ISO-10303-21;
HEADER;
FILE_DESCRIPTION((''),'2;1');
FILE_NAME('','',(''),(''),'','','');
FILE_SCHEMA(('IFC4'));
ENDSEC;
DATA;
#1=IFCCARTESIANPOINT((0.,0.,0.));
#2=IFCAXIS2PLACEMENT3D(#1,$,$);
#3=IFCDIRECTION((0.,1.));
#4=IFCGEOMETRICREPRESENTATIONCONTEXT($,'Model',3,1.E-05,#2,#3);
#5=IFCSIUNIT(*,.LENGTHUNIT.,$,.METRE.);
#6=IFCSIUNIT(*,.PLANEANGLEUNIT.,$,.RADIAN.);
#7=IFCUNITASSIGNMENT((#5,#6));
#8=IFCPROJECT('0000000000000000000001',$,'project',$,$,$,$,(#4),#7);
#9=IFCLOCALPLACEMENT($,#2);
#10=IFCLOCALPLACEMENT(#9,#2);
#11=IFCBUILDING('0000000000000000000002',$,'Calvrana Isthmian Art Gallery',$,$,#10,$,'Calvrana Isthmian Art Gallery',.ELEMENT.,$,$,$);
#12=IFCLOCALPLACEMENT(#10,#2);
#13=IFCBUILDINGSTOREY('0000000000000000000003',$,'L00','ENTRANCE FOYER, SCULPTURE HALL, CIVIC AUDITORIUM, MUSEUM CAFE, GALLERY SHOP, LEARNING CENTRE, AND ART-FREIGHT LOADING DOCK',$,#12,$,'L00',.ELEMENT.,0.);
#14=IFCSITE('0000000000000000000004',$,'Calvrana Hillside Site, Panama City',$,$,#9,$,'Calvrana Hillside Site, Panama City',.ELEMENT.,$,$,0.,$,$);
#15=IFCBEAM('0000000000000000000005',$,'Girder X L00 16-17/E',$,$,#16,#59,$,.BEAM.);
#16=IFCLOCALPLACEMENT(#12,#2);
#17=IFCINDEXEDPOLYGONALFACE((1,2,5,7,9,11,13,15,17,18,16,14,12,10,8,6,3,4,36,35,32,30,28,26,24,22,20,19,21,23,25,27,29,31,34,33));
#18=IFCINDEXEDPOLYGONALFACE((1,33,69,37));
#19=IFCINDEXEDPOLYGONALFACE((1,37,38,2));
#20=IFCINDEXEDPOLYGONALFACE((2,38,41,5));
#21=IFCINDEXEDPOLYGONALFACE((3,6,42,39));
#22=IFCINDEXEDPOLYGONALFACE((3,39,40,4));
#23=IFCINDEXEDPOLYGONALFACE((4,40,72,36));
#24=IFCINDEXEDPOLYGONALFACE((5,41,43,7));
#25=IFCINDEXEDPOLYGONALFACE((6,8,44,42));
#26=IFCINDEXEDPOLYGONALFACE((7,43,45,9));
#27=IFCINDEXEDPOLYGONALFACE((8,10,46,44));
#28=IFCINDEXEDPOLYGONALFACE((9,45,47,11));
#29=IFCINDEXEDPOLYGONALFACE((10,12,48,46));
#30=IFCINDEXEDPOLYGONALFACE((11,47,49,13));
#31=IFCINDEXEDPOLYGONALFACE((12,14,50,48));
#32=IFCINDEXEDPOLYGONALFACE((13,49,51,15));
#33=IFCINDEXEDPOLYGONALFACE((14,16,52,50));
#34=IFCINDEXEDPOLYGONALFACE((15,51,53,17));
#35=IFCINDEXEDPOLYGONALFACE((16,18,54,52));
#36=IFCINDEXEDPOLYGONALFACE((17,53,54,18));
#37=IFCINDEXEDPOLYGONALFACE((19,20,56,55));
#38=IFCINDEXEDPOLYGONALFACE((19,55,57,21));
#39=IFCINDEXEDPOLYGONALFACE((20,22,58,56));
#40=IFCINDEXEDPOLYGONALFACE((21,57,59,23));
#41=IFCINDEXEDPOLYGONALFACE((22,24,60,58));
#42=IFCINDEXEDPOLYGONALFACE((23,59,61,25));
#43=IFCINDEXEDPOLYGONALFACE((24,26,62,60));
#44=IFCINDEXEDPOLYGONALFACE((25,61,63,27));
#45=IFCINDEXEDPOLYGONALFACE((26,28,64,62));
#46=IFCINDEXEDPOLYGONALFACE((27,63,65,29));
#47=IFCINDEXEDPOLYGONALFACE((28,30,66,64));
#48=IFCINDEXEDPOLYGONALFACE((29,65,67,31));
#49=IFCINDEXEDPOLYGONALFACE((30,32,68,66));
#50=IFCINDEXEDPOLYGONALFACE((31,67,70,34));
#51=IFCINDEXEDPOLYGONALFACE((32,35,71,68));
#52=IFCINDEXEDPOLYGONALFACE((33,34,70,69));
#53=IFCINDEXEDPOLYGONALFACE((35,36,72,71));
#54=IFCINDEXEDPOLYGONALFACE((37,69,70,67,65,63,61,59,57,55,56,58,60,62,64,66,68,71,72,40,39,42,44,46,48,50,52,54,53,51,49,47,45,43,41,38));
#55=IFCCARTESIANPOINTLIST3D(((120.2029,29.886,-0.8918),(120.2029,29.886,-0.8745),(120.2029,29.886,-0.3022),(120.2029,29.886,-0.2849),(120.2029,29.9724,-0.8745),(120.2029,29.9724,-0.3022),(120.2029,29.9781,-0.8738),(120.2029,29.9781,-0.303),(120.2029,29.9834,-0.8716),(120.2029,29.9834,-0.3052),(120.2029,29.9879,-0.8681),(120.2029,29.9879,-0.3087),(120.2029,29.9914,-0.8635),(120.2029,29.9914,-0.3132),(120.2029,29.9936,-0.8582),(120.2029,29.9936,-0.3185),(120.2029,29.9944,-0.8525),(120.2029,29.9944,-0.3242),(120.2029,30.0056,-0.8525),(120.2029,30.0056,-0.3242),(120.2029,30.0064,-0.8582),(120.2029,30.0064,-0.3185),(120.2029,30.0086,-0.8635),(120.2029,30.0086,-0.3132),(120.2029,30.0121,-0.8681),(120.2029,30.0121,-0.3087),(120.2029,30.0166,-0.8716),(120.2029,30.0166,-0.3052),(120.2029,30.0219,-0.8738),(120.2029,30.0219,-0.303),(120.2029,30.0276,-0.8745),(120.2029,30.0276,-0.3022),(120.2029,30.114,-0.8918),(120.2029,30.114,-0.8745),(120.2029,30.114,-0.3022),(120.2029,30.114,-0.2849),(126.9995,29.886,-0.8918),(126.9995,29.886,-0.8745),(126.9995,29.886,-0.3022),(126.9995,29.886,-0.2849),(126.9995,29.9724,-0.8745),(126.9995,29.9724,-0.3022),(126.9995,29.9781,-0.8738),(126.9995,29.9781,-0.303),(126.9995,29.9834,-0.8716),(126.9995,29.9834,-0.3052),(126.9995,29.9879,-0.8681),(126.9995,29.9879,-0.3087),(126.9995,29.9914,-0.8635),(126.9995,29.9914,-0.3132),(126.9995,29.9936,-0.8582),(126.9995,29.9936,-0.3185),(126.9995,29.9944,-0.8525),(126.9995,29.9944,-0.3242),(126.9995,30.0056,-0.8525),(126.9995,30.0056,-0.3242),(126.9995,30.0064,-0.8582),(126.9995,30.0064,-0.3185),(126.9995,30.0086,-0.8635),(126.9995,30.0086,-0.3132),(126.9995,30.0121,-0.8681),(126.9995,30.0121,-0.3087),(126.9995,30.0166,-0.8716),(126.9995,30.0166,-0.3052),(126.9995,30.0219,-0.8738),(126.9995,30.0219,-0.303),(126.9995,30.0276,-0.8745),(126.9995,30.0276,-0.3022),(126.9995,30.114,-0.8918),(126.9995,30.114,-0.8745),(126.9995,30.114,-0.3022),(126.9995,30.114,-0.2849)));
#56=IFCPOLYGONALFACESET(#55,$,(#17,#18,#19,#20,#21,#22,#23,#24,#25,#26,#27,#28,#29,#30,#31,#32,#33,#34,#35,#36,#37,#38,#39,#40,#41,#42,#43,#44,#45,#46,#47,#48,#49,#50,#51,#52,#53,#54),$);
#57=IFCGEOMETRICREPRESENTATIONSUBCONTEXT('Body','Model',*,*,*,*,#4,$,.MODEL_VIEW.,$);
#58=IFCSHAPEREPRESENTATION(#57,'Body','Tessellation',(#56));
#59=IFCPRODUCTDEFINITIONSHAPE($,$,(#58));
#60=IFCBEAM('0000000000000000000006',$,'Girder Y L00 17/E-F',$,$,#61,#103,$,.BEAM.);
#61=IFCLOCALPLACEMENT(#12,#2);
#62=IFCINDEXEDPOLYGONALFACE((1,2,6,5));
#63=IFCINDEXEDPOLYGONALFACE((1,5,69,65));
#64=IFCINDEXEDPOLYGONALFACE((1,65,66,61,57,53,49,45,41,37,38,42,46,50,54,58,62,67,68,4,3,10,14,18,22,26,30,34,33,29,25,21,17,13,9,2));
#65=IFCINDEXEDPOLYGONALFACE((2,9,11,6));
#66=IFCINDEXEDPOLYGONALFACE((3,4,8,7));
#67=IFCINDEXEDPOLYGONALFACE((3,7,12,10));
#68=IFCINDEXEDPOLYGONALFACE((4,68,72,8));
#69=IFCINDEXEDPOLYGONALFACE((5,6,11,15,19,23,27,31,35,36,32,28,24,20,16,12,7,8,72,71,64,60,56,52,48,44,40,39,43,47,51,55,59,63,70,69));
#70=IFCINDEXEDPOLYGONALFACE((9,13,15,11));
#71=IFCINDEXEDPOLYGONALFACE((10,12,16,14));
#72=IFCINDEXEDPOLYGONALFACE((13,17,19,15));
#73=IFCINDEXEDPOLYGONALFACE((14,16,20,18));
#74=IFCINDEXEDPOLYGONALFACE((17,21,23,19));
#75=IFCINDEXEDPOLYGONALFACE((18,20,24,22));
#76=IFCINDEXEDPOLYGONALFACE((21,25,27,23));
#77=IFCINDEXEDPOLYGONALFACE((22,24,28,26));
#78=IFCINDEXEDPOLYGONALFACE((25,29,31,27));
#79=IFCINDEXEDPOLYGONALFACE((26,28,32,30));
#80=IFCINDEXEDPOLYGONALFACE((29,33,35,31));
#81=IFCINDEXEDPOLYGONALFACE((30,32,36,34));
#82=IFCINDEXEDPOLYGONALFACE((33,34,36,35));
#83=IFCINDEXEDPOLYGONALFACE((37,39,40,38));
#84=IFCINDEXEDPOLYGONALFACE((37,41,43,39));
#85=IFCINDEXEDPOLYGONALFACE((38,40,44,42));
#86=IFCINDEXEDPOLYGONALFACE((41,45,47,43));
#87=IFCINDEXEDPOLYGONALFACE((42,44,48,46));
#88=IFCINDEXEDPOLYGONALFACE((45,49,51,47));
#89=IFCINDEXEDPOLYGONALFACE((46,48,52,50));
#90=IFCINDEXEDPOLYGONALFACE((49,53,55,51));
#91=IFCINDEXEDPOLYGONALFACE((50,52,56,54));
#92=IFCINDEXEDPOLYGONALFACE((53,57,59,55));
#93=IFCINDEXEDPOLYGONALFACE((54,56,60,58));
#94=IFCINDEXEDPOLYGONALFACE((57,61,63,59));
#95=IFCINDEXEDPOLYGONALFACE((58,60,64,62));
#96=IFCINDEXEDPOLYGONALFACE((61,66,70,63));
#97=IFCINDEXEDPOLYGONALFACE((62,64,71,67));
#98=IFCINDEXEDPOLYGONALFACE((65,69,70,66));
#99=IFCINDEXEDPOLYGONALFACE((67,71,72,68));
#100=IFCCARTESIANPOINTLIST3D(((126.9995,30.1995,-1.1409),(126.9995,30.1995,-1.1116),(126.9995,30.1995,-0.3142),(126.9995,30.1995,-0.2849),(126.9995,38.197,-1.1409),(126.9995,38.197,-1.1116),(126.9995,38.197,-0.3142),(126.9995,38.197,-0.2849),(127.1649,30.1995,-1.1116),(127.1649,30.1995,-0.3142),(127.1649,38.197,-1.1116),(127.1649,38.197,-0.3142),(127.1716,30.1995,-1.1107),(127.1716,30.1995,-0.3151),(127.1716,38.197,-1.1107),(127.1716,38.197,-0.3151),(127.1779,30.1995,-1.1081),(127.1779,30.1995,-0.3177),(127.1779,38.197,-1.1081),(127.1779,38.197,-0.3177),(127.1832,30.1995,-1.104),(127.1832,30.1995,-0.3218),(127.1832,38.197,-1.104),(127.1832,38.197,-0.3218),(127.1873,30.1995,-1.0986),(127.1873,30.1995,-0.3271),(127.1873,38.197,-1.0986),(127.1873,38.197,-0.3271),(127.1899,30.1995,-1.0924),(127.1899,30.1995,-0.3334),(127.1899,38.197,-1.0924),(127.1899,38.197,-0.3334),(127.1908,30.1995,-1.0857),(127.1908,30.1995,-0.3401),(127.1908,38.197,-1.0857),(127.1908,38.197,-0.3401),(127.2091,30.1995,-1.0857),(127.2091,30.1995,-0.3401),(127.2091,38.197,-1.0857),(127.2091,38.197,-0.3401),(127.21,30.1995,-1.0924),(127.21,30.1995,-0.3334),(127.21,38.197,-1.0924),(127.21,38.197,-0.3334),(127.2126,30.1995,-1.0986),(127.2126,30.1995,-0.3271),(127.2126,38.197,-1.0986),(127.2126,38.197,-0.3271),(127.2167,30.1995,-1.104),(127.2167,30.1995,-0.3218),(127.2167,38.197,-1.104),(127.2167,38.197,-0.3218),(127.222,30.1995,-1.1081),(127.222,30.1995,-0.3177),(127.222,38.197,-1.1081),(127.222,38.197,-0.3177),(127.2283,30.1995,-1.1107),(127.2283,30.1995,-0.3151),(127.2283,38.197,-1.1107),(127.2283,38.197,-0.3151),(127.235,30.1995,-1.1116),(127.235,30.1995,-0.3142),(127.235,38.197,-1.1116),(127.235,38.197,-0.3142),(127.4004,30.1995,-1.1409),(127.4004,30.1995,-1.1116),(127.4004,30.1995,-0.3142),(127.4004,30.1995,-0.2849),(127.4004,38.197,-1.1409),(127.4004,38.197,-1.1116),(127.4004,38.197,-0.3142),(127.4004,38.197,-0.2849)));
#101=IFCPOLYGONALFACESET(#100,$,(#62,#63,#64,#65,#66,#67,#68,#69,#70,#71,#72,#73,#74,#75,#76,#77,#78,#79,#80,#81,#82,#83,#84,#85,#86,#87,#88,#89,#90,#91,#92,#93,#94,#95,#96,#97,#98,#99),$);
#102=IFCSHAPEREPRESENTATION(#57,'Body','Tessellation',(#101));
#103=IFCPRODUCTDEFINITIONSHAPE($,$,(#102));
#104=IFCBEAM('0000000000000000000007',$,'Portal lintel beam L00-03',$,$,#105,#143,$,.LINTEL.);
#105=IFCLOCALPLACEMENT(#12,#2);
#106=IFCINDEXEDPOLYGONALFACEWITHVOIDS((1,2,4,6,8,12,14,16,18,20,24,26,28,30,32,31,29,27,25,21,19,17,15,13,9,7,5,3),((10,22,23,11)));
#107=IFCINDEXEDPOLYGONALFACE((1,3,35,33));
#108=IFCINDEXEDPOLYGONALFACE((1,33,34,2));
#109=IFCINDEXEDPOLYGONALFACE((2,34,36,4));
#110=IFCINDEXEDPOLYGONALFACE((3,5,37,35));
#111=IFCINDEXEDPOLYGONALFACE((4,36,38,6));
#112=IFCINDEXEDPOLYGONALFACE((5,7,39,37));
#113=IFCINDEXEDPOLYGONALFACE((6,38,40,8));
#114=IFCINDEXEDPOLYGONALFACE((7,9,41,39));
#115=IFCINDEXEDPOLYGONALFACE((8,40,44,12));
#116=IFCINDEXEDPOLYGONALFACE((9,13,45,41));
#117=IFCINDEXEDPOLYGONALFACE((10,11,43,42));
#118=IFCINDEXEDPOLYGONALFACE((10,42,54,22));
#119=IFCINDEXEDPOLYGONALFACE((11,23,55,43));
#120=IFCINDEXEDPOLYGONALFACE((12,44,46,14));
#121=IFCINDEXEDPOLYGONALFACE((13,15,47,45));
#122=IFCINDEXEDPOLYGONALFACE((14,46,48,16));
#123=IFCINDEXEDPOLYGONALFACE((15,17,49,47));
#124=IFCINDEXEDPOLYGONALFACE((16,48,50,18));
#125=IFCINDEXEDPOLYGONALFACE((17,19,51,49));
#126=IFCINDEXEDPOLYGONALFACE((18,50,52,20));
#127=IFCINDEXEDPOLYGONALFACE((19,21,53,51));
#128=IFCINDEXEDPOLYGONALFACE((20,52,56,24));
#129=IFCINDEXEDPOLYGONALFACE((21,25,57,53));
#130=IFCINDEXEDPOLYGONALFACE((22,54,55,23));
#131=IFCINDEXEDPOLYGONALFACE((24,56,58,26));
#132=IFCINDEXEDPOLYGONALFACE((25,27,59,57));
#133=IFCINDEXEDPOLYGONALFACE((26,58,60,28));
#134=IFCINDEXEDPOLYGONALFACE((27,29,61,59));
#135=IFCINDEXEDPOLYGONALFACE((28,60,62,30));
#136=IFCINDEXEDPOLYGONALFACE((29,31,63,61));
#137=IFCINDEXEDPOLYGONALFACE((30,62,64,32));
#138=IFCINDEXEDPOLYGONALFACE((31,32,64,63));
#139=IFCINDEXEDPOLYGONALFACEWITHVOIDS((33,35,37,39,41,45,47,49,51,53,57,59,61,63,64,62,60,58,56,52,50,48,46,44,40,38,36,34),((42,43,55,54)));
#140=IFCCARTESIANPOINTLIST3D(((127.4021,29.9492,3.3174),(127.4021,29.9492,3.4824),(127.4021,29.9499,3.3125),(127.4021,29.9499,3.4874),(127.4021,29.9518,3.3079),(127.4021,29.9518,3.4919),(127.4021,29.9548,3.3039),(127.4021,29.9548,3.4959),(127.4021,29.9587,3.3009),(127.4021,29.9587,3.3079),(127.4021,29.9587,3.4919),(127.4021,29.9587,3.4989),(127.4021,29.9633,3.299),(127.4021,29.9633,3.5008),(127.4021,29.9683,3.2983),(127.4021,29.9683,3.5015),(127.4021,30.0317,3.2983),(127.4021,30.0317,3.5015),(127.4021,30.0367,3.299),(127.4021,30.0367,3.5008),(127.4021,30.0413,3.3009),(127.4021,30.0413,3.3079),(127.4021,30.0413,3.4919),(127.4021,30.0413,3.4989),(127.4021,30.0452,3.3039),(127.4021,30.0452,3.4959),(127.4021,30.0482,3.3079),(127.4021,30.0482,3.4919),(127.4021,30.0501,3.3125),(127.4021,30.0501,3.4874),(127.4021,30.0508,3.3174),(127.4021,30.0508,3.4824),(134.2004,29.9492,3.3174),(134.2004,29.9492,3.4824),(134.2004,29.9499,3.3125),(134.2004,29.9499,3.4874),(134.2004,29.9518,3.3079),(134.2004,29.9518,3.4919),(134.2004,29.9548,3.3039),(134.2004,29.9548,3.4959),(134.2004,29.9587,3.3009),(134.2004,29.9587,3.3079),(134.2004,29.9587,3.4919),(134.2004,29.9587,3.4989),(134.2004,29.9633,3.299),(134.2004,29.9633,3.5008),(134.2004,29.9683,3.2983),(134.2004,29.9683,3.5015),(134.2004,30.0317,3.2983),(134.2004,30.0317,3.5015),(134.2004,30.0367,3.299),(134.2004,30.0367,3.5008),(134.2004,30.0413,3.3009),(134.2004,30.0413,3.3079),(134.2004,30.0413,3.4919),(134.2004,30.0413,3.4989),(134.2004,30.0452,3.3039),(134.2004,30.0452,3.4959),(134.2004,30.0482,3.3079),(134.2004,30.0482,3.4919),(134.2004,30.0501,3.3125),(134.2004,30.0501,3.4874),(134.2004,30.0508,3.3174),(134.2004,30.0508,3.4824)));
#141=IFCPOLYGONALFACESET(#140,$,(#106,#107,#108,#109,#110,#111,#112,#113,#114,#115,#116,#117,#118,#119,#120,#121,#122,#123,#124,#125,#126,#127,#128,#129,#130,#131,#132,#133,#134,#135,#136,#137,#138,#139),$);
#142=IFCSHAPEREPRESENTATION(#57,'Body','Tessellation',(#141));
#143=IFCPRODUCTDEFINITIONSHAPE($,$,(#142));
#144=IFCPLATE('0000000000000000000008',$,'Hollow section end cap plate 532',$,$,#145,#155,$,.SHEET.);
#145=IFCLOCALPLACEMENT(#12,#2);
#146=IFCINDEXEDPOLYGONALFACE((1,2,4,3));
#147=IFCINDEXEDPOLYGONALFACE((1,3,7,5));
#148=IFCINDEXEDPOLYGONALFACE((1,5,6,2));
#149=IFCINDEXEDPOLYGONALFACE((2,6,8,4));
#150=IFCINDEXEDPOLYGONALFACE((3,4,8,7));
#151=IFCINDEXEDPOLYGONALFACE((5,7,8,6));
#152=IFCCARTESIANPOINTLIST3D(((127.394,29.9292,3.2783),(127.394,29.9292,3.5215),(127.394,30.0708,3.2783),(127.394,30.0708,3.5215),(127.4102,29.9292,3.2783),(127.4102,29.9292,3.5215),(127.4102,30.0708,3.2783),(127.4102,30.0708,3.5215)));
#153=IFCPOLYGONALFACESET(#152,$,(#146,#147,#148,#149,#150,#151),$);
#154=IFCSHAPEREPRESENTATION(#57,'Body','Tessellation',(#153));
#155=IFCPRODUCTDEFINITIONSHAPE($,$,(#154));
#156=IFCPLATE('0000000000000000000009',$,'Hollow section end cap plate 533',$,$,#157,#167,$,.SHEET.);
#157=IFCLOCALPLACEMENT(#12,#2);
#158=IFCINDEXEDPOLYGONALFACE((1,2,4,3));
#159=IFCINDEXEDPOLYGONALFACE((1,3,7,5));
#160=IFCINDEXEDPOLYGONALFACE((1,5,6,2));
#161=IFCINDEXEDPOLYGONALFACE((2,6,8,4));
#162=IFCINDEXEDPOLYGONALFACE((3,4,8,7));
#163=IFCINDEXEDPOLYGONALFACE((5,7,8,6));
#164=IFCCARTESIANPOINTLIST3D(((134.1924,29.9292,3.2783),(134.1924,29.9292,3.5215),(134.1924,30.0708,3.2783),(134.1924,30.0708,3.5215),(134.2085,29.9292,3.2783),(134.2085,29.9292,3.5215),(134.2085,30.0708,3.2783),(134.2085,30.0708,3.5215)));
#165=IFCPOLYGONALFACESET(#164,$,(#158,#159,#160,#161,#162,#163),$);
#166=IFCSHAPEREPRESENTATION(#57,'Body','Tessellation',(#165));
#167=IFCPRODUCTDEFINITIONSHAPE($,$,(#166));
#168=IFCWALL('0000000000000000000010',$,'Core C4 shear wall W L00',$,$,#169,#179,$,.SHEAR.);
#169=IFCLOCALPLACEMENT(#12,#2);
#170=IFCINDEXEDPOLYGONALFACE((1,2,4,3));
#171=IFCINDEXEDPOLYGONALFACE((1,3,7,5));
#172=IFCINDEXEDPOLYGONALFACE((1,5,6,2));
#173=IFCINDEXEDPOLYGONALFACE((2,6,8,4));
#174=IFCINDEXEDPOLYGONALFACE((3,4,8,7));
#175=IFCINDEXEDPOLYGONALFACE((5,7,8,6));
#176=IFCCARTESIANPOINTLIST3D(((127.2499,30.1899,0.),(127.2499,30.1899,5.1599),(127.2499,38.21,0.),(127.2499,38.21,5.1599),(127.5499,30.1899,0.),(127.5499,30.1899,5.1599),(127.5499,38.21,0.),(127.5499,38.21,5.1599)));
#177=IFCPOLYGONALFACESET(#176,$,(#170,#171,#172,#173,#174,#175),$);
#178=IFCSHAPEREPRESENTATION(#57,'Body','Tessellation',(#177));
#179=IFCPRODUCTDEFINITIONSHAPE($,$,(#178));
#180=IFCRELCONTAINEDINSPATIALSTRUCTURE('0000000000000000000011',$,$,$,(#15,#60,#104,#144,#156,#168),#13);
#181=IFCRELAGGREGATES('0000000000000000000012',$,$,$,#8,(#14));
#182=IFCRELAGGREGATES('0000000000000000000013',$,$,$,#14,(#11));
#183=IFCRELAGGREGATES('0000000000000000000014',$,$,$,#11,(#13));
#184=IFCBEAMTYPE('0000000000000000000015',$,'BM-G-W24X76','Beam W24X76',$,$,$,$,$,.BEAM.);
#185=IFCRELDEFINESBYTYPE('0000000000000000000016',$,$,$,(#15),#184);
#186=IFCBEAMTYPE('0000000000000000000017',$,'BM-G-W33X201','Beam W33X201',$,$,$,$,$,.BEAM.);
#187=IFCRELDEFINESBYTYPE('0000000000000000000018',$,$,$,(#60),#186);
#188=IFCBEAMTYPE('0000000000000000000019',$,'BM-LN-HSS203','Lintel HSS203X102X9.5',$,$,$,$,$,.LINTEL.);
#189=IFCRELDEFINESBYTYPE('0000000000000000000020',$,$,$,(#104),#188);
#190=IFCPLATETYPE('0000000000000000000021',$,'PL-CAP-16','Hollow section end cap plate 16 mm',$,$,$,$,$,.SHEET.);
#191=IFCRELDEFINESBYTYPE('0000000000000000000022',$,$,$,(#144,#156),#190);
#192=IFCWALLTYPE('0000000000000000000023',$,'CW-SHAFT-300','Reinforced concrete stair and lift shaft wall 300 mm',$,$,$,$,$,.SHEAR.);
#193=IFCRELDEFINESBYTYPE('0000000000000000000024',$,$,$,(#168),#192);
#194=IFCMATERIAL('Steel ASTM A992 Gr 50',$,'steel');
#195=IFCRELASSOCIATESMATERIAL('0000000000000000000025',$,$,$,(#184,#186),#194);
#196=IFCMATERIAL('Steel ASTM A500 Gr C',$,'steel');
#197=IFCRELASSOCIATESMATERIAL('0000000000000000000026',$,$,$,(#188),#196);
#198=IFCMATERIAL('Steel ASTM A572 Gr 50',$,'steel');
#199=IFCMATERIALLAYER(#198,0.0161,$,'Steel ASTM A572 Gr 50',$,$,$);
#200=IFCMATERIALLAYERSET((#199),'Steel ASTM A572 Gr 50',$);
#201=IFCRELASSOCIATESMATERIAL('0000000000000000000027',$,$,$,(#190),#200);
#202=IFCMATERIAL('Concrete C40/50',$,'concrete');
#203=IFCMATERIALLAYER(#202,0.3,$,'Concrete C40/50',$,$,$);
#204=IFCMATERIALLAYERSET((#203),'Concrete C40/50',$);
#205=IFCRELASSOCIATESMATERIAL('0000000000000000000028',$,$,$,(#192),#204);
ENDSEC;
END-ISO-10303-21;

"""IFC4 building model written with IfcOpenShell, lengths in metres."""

from ifc_helpers import new_model, si_unit, direction, frame, frame_2d, origin, origin_2d, place, context, subcontext, project, spatial, rectangle, hollow_rectangle, i_section, extrude, material, layer, layer_set, material_profile, profile_set, type_object, element, save


model = new_model("IFC4")

# Units and contexts
model_context = context("Model", 3, precision=1e-05, world=origin(), true_north=direction((0.0, 1.0)))
body_context = subcontext(model_context, "Body", "Model", "MODEL_VIEW")
ifc_project = project(units=[si_unit("LENGTHUNIT", "METRE"), si_unit("PLANEANGLEUNIT", "RADIAN")], contexts=[model_context])

# Site, building, storey
site_placement = place(None, origin())
site = spatial("IfcSite", under=ifc_project, at=site_placement, Name="Calvrana Hillside Site, Panama City", LongName="Calvrana Hillside Site, Panama City", CompositionType="ELEMENT", RefElevation=0.0)
building_placement = place(site_placement, origin())
building = spatial("IfcBuilding", under=site, at=building_placement, Name="Calvrana Isthmian Art Gallery", LongName="Calvrana Isthmian Art Gallery", CompositionType="ELEMENT")
storey_placement = place(building_placement, origin())
storey = spatial("IfcBuildingStorey", under=building, at=storey_placement, Name="L00", Description="ENTRANCE FOYER, SCULPTURE HALL, CIVIC AUDITORIUM, MUSEUM CAFE, GALLERY SHOP, LEARNING CENTRE, AND ART-FREIGHT LOADING DOCK", LongName="L00", CompositionType="ELEMENT", Elevation=0.0)

# Shared definitions
ifc_material_1 = material(Name="Steel ASTM A992 Gr 50", Category="steel")

# Beams
ifc_material_profile_1 = material_profile(ifc_material_1, i_section(OverallWidth=0.228, OverallDepth=0.6069, WebThickness=0.0112, FlangeThickness=0.0173, FilletRadius=0.022, at=origin_2d()), Name="W24X76")
ifc_profile_set_1 = profile_set([ifc_material_profile_1], Name="Steel ASTM A992 Gr 50")
beam_type_1 = type_object("IfcBeamType", Name="BM-G-W24X76", Description="Beam W24X76", PredefinedType="BEAM", material=ifc_profile_set_1)
beam_1_placement = place(storey_placement, frame((120.2029, 30.0, -0.5884), z_axis=(1.0, 0.0, 0.0), x_axis=(0.0, 1.0, 0.0)))
element("IfcBeam", 1, at=beam_1_placement, inside=storey, type_object=beam_type_1, Name="Girder X L00 16-17/E", PredefinedType="BEAM", context=body_context, shape_type="SweptSolid", body=[
    extrude(i_section(OverallWidth=0.228, OverallDepth=0.6069, WebThickness=0.0112, FlangeThickness=0.0173, FilletRadius=0.022, at=origin_2d()), origin(), (0.0, 0.0, 1.0), 6.7966),
])
ifc_material_profile_2 = material_profile(ifc_material_1, i_section(OverallWidth=0.4009, OverallDepth=0.856, WebThickness=0.0183, FlangeThickness=0.0293, FilletRadius=0.0259, at=origin_2d()), Name="W33X201")
ifc_profile_set_2 = profile_set([ifc_material_profile_2], Name="Steel ASTM A992 Gr 50")
beam_type_2 = type_object("IfcBeamType", Name="BM-G-W33X201", Description="Beam W33X201", PredefinedType="BEAM", material=ifc_profile_set_2)
beam_2_placement = place(storey_placement, frame((127.2, 30.1995, -0.7129), z_axis=(0.0, 1.0, 0.0), x_axis=(-1.0, 0.0, 0.0)))
element("IfcBeam", 2, at=beam_2_placement, inside=storey, type_object=beam_type_2, Name="Girder Y L00 17/E-F", PredefinedType="BEAM", context=body_context, shape_type="SweptSolid", body=[
    extrude(i_section(OverallWidth=0.4009, OverallDepth=0.856, WebThickness=0.0183, FlangeThickness=0.0293, FilletRadius=0.0259, at=origin_2d()), origin(), (0.0, 0.0, 1.0), 7.9976),
])
ifc_material_2 = material(Name="Steel ASTM A500 Gr C", Category="steel")
ifc_material_profile_3 = material_profile(ifc_material_2, hollow_rectangle(XDim=0.1016, YDim=0.2031, WallThickness=0.0095, OuterFilletRadius=0.019, at=origin_2d()), Name="HSS203X102X9.5")
ifc_profile_set_3 = profile_set([ifc_material_profile_3], Name="Steel ASTM A500 Gr C")
beam_type_3 = type_object("IfcBeamType", Name="BM-LN-HSS203", Description="Lintel HSS203X102X9.5", PredefinedType="LINTEL", material=ifc_profile_set_3)
beam_3_placement = place(storey_placement, frame((127.4021, 30.0, 3.3999), z_axis=(1.0, 0.0, 0.0), x_axis=(0.0, 1.0, 0.0)))
element("IfcBeam", 3, at=beam_3_placement, inside=storey, type_object=beam_type_3, Name="Portal lintel beam L00-03", PredefinedType="LINTEL", context=body_context, shape_type="SweptSolid", body=[
    extrude(hollow_rectangle(XDim=0.1016, YDim=0.2031, WallThickness=0.0095, OuterFilletRadius=0.019, at=origin_2d()), origin(), (0.0, 0.0, 1.0), 6.7983),
])

# Plates
ifc_material_3 = material(Name="Steel ASTM A572 Gr 50", Category="steel")
ifc_layer_1 = layer(ifc_material_3, 0.0161, Name="Steel ASTM A572 Gr 50")
ifc_layer_set_1 = layer_set([ifc_layer_1], Name="Steel ASTM A572 Gr 50")
plate_type = type_object("IfcPlateType", Name="PL-CAP-16", Description="Hollow section end cap plate 16 mm", PredefinedType="SHEET", material=ifc_layer_set_1)
for number, where, z_axis, x_axis, name in (
    (4, (127.4021, 30.0, 3.2783), (0.0, 0.0, 1.0), (1.0, 0.0, 0.0), "Hollow section end cap plate 532"),
    (5, (134.2004, 30.0, 3.2783), (0.0, 0.0, 1.0), (1.0, 0.0, 0.0), "Hollow section end cap plate 533"),
):
    element("IfcPlate", number, at=place(storey_placement, frame(where, z_axis=z_axis, x_axis=x_axis)), inside=storey, type_object=plate_type, Name=name, PredefinedType="SHEET", context=body_context, shape_type="SweptSolid", body=[
        extrude(rectangle(XDim=0.0161, YDim=0.1416, at=origin_2d()), origin(), (0.0, 0.0, 1.0), 0.2432),
    ])

# Wall
ifc_material_4 = material(Name="Concrete C40/50", Category="concrete")
ifc_layer_2 = layer(ifc_material_4, 0.3, Name="Concrete C40/50")
ifc_layer_set_2 = layer_set([ifc_layer_2], Name="Concrete C40/50")
wall_type_1 = type_object("IfcWallType", Name="CW-SHAFT-300", Description="Reinforced concrete stair and lift shaft wall 300 mm", PredefinedType="SHEAR", material=ifc_layer_set_2)
wall_1_placement = place(storey_placement, frame((127.3999, 30.1899, 0.0), z_axis=(0.0, 0.0, 1.0), x_axis=(0.0, 1.0, 0.0)))
element("IfcWall", 6, at=wall_1_placement, inside=storey, type_object=wall_type_1, Name="Core C4 shear wall W L00", PredefinedType="SHEAR", context=body_context, shape_type="SweptSolid", body=[
    extrude(rectangle(XDim=8.02, YDim=0.3, at=frame_2d((4.01, 0.0))), origin(), (0.0, 0.0, 1.0), 5.1599),
])

save(model, "model.ifc")
